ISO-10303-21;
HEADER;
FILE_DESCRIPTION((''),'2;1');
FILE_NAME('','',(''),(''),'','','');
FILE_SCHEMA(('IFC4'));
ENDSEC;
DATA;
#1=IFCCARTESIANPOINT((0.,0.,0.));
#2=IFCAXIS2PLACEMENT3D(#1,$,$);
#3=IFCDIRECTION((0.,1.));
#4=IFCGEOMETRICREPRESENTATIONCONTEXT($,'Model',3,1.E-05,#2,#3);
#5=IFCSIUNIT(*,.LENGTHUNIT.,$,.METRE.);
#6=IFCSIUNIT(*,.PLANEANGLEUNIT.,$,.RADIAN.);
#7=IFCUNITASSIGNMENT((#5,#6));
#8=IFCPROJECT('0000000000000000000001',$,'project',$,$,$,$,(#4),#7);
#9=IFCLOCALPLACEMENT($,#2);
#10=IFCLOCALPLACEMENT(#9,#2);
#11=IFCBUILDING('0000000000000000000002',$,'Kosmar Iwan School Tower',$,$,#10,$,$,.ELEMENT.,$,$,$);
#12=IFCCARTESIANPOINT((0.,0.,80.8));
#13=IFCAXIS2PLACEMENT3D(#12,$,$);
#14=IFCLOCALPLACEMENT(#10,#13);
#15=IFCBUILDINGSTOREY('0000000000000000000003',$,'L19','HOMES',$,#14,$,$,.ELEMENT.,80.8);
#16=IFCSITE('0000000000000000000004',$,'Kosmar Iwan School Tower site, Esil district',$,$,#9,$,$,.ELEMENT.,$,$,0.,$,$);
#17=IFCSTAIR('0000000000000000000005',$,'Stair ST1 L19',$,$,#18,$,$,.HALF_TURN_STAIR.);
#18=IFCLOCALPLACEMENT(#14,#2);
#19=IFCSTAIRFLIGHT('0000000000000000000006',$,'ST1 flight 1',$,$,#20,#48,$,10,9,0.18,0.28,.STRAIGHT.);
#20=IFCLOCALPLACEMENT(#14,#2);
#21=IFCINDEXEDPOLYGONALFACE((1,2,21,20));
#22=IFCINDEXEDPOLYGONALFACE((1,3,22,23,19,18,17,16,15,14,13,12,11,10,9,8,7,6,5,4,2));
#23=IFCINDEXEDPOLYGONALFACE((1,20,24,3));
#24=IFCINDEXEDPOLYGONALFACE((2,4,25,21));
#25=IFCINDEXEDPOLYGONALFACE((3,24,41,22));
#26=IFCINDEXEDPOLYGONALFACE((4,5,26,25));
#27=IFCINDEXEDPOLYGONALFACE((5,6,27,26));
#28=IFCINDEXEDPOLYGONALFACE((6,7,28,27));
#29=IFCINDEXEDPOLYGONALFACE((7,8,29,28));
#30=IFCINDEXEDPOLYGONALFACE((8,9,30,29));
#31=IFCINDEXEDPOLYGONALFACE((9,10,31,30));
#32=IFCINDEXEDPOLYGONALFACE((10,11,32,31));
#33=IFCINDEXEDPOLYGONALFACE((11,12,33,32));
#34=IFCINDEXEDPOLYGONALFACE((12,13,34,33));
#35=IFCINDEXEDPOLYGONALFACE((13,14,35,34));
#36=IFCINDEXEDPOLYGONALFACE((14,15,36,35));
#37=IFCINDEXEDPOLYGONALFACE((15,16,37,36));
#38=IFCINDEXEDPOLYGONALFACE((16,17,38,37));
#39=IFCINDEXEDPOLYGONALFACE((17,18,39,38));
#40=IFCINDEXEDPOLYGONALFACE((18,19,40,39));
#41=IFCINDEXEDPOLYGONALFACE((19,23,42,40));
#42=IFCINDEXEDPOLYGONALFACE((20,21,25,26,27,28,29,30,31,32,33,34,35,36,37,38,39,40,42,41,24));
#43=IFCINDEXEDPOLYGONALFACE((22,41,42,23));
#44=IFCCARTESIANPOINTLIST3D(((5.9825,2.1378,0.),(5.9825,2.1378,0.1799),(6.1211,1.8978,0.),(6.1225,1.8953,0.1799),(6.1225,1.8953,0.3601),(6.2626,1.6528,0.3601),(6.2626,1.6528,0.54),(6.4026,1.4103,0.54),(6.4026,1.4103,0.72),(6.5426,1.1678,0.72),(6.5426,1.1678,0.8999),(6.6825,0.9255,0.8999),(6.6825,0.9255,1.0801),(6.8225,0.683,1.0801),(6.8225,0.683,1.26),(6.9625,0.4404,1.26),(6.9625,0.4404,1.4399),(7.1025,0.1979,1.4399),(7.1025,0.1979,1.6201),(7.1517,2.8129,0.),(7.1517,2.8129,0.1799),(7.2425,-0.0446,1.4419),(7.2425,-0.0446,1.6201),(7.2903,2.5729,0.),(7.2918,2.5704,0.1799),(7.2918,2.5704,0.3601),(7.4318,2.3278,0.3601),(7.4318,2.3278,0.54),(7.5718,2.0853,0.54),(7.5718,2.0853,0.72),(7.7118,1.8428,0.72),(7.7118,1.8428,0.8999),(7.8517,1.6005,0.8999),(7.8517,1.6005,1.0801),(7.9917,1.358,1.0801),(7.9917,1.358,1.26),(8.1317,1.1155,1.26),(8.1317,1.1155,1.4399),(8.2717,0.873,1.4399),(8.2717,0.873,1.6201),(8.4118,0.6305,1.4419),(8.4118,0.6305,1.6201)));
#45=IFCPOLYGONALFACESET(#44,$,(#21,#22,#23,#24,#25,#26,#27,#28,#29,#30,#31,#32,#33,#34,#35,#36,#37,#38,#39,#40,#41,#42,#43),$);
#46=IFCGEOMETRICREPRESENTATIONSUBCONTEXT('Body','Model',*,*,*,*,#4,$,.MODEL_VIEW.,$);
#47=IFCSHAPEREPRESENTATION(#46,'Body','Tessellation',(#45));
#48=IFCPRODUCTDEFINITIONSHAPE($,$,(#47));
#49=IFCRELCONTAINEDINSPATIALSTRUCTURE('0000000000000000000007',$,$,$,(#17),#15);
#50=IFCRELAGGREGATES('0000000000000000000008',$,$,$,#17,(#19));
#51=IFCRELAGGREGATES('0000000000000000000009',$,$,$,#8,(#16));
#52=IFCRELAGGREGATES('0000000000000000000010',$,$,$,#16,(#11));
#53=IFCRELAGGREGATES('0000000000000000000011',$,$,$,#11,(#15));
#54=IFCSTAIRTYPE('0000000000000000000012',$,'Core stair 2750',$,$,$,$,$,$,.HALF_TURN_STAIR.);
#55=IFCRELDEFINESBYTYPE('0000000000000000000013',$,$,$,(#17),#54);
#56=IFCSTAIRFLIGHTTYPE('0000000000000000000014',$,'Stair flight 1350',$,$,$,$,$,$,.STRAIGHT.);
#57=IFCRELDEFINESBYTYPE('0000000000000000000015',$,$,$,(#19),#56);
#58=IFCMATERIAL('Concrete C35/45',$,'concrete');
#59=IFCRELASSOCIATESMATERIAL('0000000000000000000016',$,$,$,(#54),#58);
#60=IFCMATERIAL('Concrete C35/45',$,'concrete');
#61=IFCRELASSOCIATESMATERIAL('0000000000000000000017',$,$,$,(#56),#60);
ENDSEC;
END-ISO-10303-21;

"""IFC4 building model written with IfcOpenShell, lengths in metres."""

from ifc_helpers import new_model, si_unit, direction, frame, origin, place, context, subcontext, project, spatial, polyline, outline, extrude, material, type_object, element, aggregate, save


model = new_model("IFC4")

# Units and contexts
model_context = context("Model", 3, precision=1e-05, world=origin(), true_north=direction((0.0, 1.0)))
body_context = subcontext(model_context, "Body", "Model", "MODEL_VIEW")
ifc_project = project(units=[si_unit("LENGTHUNIT", "METRE"), si_unit("PLANEANGLEUNIT", "RADIAN")], contexts=[model_context])

# Site, building, storey
site_placement = place(None, origin())
site = spatial("IfcSite", under=ifc_project, at=site_placement, Name="Kosmar Iwan School Tower site, Esil district", CompositionType="ELEMENT", RefElevation=0.0)
building_placement = place(site_placement, origin())
building = spatial("IfcBuilding", under=site, at=building_placement, Name="Kosmar Iwan School Tower", CompositionType="ELEMENT")
storey_placement = place(building_placement, frame((0.0, 0.0, 80.8)))
storey = spatial("IfcBuildingStorey", under=building, at=storey_placement, Name="L19", Description="HOMES", CompositionType="ELEMENT", Elevation=80.8)

# Stair, stair flight
ifc_material_1 = material(Name="Concrete C35/45", Category="concrete")
stair_type = type_object("IfcStairType", Name="Core stair 2750", PredefinedType="HALF_TURN_STAIR", material=ifc_material_1)
stair_placement = place(storey_placement, origin())
stair = element("IfcStair", 1, at=stair_placement, inside=storey, type_object=stair_type, Name="Stair ST1 L19", PredefinedType="HALF_TURN_STAIR")
ifc_material_2 = material(Name="Concrete C35/45", Category="concrete")
stair_flight_type = type_object("IfcStairFlightType", Name="Stair flight 1350", PredefinedType="STRAIGHT", material=ifc_material_2)
stair_flight_placement = place(storey_placement, frame((6.5671, 2.4753, 0.0), z_axis=(0.0, 0.0, 1.0), x_axis=(0.5, -0.866025, 0.0)))
stair_flight = element("IfcStairFlight", 2, at=stair_flight_placement, type_object=stair_flight_type, Name="ST1 flight 1", NumberOfRisers=10, NumberOfTreads=9, PredefinedType="STRAIGHT", RiserHeight=0.18, TreadLength=0.28, context=body_context, shape_type="SweptSolid", body=[
    extrude(outline(polyline([(0.0, 0.0), (0.0, 0.1799), (0.28, 0.1799), (0.28, 0.3601), (0.5601, 0.3601), (0.5601, 0.54), (0.8401, 0.54), (0.8401, 0.72), (1.1201, 0.72), (1.1201, 0.8999), (1.3999, 0.8999), (1.3999, 1.0801), (1.6799, 1.0801), (1.6799, 1.26), (1.96, 1.26), (1.96, 1.4399), (2.24, 1.4399), (2.24, 1.6201), (2.52, 1.6201), (2.52, 1.8), (2.52, 1.4419), (0.2771, 0.0), (0.0, 0.0)])), frame((0.0, 0.675, 0.0), z_axis=(0.0, -1.0, 0.0), x_axis=(1.0, 0.0, 0.0)), (0.0, 0.0, 1.0), 1.3501),
])
aggregate(stair, [stair_flight])

save(model, "model.ifc")
